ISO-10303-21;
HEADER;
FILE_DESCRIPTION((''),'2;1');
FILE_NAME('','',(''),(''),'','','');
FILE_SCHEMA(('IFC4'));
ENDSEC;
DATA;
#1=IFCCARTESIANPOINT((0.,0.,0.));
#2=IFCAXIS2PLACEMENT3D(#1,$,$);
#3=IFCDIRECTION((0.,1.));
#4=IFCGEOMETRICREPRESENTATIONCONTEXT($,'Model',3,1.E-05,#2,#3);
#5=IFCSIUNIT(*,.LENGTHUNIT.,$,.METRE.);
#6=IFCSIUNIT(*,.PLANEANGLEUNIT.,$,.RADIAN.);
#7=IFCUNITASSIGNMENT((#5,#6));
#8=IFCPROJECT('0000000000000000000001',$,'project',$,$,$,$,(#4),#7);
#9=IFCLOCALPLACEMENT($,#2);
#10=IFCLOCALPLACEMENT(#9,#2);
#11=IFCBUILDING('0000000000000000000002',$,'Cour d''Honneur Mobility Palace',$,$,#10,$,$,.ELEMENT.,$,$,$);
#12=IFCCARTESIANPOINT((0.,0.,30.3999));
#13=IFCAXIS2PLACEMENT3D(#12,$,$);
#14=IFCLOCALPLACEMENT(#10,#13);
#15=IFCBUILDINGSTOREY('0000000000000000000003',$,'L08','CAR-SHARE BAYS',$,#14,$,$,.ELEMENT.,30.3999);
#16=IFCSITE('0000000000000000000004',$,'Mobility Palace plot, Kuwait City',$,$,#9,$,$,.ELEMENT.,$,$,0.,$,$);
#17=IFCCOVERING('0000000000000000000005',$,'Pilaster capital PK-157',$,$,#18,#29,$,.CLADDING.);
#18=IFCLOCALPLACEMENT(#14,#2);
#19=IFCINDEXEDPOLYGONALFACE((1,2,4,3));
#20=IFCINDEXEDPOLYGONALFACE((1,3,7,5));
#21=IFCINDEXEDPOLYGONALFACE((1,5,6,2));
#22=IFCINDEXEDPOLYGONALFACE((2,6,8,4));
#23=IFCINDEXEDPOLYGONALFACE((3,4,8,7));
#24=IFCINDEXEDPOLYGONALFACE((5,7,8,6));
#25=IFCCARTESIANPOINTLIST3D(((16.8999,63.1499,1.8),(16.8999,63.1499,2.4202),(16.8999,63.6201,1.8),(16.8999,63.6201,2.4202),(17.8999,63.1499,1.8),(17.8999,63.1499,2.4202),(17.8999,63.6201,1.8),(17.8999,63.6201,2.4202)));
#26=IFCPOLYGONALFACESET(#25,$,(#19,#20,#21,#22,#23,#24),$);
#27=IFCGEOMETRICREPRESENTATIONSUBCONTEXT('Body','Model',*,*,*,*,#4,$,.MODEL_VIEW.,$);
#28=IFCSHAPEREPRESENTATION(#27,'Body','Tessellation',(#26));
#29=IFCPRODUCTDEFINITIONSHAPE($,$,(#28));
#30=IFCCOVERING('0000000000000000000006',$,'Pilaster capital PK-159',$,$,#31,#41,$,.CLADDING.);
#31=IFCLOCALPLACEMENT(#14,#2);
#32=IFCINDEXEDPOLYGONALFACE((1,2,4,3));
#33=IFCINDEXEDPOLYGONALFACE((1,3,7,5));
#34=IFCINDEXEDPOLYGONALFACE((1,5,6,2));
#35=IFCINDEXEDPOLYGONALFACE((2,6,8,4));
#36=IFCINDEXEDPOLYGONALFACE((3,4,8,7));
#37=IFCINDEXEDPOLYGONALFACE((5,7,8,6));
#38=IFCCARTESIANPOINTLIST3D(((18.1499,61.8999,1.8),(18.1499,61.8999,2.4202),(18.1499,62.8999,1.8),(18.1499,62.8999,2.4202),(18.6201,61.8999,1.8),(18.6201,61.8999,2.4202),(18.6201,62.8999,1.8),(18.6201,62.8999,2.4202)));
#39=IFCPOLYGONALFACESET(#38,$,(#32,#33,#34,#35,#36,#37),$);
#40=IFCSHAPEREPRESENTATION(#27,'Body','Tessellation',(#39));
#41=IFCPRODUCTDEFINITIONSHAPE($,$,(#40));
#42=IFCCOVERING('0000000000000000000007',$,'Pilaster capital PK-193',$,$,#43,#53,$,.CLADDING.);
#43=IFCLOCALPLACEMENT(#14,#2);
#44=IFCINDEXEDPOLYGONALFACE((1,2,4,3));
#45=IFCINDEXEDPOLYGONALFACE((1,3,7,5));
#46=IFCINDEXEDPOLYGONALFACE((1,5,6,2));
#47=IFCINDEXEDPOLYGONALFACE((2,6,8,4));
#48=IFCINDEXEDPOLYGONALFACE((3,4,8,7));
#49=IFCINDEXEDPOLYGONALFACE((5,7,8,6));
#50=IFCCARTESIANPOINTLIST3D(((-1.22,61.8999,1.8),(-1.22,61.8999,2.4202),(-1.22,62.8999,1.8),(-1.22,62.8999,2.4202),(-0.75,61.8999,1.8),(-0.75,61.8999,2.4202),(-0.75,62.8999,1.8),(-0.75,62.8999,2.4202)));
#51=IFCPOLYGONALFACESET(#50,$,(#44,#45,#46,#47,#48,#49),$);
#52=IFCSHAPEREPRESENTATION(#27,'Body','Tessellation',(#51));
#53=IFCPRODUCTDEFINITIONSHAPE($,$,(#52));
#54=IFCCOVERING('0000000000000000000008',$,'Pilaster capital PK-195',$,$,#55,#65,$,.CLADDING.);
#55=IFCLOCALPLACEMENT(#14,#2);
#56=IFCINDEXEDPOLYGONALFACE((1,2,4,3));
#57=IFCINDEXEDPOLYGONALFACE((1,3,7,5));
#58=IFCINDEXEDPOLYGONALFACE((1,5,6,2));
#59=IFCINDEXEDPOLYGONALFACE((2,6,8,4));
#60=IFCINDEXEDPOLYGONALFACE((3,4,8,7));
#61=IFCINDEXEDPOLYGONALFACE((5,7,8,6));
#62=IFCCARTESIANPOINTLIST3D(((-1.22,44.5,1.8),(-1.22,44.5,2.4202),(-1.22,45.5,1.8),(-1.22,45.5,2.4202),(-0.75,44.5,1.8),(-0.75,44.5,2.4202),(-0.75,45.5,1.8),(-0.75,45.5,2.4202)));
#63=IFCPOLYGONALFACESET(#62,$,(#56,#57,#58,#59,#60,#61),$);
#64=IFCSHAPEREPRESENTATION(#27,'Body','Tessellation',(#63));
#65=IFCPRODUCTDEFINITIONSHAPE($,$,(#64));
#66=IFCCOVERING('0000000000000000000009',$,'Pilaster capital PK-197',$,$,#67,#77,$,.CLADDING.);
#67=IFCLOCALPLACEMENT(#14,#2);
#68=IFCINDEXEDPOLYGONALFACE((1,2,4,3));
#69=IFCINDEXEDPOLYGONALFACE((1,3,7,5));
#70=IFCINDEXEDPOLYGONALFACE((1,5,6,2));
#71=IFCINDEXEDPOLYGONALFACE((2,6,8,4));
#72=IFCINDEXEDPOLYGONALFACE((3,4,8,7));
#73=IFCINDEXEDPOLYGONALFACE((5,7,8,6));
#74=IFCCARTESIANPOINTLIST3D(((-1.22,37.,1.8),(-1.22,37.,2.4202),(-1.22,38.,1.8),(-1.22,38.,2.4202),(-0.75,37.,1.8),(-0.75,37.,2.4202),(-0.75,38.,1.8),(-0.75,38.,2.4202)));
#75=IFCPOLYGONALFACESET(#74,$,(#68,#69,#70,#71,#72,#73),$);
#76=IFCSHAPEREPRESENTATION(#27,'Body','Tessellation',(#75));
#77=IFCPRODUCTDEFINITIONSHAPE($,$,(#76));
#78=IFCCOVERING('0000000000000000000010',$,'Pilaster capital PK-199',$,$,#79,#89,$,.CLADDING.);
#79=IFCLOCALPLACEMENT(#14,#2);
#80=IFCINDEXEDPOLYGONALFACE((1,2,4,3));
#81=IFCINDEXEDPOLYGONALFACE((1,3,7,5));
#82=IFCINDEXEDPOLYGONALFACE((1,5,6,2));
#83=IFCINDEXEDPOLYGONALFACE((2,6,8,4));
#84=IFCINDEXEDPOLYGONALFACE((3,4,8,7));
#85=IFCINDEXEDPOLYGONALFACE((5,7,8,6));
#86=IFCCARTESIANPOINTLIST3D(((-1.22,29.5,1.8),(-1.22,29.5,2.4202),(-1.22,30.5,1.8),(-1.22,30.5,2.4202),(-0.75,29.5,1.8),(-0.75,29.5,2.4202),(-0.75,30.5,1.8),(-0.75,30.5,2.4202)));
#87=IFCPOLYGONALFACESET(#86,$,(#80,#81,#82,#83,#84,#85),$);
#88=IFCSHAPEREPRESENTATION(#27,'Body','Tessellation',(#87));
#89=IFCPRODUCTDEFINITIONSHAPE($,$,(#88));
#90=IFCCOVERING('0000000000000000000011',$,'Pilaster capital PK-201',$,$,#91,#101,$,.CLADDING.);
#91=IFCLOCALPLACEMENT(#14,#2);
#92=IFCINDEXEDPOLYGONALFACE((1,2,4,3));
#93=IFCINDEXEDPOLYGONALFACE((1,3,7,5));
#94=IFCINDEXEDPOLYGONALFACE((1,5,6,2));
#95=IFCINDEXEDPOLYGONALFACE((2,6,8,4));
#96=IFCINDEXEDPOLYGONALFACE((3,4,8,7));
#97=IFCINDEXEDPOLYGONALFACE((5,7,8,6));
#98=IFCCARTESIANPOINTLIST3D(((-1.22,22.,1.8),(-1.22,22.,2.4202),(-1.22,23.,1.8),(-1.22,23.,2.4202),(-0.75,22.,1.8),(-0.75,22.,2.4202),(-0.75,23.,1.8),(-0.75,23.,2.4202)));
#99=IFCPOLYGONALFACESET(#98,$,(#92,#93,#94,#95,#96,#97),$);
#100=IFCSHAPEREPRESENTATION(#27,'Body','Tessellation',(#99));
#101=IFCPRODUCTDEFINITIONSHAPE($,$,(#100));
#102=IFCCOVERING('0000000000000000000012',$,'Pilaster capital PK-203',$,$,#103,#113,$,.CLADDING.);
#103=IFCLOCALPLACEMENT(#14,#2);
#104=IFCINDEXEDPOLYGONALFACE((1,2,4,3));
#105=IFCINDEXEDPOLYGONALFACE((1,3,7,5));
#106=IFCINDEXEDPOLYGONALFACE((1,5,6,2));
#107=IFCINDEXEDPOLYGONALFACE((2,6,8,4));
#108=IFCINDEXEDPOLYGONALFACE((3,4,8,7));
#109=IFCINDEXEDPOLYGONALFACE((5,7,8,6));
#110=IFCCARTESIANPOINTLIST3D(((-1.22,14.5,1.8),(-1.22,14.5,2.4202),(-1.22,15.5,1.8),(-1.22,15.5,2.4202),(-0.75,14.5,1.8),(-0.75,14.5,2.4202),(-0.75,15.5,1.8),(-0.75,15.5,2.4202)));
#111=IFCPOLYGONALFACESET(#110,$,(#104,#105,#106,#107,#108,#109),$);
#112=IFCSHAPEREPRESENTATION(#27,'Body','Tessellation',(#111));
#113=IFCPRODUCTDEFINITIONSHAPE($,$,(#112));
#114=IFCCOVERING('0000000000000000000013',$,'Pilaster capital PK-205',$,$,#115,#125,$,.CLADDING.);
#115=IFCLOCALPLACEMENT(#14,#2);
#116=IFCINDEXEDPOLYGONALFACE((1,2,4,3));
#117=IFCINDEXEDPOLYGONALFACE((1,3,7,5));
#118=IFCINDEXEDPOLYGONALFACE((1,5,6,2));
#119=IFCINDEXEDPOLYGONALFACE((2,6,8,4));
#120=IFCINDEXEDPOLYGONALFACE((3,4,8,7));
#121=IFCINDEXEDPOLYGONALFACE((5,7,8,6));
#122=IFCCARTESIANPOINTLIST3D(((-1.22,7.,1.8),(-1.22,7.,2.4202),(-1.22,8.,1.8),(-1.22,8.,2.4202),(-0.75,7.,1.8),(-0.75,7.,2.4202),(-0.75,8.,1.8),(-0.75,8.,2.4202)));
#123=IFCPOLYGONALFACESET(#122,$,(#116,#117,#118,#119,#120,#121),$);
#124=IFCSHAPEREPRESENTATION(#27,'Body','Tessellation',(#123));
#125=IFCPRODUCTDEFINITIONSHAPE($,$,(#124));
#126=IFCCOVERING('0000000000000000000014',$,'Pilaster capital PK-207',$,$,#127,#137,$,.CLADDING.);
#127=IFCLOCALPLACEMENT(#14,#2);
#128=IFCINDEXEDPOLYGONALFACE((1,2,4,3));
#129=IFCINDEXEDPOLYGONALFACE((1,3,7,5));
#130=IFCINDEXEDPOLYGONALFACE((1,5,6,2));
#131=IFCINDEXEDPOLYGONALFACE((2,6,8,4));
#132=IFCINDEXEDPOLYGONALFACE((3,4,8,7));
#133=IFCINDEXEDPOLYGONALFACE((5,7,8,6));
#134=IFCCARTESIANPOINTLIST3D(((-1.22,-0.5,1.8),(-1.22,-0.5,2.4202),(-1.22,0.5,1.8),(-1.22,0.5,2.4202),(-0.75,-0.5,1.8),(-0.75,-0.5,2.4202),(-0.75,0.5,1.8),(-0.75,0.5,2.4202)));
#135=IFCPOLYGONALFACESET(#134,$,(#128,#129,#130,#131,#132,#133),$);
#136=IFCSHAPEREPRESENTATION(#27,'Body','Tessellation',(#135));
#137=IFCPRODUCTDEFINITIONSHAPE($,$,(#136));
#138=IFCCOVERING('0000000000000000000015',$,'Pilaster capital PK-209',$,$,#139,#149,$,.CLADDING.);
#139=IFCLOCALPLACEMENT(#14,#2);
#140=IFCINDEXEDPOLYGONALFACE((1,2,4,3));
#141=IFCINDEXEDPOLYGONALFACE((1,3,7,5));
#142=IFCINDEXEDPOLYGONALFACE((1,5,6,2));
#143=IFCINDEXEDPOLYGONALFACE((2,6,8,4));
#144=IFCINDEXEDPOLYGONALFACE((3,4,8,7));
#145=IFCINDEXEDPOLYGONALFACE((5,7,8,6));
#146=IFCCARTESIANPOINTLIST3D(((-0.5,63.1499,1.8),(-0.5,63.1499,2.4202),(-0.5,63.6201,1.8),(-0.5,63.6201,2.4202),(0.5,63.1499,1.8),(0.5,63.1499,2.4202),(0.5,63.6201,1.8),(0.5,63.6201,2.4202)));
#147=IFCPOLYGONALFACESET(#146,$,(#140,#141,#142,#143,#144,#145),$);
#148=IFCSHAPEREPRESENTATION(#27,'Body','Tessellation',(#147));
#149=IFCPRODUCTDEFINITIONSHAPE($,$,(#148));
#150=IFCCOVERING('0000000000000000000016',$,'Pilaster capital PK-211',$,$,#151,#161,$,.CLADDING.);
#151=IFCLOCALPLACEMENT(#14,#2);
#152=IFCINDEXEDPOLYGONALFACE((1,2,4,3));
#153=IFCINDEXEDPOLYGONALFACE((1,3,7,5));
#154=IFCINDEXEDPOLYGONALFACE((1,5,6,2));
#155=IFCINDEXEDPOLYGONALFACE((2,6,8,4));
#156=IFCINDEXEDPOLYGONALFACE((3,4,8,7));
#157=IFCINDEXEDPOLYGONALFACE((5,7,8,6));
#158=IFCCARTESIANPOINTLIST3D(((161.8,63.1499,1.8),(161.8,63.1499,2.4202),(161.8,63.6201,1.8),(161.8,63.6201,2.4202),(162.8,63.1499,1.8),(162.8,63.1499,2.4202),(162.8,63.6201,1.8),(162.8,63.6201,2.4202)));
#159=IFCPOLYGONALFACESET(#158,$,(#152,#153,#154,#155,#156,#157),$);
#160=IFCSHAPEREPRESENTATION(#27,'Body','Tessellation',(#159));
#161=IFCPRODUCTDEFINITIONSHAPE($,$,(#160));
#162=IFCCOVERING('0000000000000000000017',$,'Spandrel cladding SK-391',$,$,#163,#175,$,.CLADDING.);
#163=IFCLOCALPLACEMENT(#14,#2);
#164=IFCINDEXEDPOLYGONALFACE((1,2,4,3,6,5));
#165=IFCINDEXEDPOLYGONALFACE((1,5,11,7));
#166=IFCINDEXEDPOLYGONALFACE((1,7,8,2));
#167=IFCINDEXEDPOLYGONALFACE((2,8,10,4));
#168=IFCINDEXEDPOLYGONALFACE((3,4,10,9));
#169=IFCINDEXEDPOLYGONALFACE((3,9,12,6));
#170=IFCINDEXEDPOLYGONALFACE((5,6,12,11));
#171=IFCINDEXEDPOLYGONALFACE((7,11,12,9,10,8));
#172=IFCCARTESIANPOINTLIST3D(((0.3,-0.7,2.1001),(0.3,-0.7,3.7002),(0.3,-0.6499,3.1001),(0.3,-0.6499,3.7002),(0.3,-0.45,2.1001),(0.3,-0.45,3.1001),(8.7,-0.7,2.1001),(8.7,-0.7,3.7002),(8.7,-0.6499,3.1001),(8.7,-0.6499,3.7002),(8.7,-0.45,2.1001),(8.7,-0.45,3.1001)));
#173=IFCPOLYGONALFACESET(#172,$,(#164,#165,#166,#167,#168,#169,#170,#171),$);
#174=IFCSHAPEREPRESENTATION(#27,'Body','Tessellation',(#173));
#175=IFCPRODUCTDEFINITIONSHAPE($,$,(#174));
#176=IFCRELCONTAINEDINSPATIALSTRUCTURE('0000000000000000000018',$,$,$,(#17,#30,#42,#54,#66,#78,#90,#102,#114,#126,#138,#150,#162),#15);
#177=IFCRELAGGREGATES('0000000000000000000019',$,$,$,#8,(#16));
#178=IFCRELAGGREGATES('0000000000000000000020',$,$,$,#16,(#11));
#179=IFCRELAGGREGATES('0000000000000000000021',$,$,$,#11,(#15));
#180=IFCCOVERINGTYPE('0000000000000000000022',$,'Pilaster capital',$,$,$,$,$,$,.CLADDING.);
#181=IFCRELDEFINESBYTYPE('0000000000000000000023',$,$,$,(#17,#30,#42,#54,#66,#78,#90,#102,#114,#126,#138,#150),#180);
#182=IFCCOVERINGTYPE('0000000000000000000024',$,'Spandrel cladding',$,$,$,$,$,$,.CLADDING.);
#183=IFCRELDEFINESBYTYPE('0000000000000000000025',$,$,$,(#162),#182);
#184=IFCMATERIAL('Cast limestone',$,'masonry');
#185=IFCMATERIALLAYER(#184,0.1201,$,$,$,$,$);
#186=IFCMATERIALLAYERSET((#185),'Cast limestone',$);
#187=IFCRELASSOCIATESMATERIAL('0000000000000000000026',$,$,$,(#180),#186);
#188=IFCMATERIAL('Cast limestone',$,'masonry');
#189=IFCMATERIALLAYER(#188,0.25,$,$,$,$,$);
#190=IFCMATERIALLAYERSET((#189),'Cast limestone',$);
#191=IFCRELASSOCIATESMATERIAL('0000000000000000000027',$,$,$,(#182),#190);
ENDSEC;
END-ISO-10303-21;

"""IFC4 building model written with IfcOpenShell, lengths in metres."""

from ifc_helpers import new_model, si_unit, direction, frame, origin, place, context, subcontext, project, spatial, polyline, outline, extrude, material, layer, layer_set, type_object, element, save


model = new_model("IFC4")

# Units and contexts
model_context = context("Model", 3, precision=1e-05, world=origin(), true_north=direction((0.0, 1.0)))
body_context = subcontext(model_context, "Body", "Model", "MODEL_VIEW")
ifc_project = project(units=[si_unit("LENGTHUNIT", "METRE"), si_unit("PLANEANGLEUNIT", "RADIAN")], contexts=[model_context])

# Site, building, storey
site_placement = place(None, origin())
site = spatial("IfcSite", under=ifc_project, at=site_placement, Name="Mobility Palace plot, Kuwait City", CompositionType="ELEMENT", RefElevation=0.0)
building_placement = place(site_placement, origin())
building = spatial("IfcBuilding", under=site, at=building_placement, Name="Cour d'Honneur Mobility Palace", CompositionType="ELEMENT")
storey_placement = place(building_placement, frame((0.0, 0.0, 30.3999)))
storey = spatial("IfcBuildingStorey", under=building, at=storey_placement, Name="L08", Description="CAR-SHARE BAYS", CompositionType="ELEMENT", Elevation=30.3999)

# Coverings
ifc_material_1 = material(Name="Cast limestone", Category="masonry")
ifc_layer_1 = layer(ifc_material_1, 0.1201)
ifc_layer_set_1 = layer_set([ifc_layer_1], Name="Cast limestone")
covering_type_1 = type_object("IfcCoveringType", Name="Pilaster capital", PredefinedType="CLADDING", material=ifc_layer_set_1)
covering_1_placement = place(storey_placement, frame((0.0, 0.0, 1.8)))
element("IfcCovering", 1, at=covering_1_placement, inside=storey, type_object=covering_type_1, Name="Pilaster capital PK-157", PredefinedType="CLADDING", context=body_context, shape_type="SweptSolid", body=[
    extrude(outline(polyline([(17.8999, 63.1499), (16.8999, 63.1499), (16.8999, 63.6201), (17.8999, 63.6201), (17.8999, 63.1499)])), origin(), (0.0, 0.0, 1.0), 0.6201),
])
covering_2_placement = place(storey_placement, frame((0.0, 0.0, 1.8)))
element("IfcCovering", 2, at=covering_2_placement, inside=storey, type_object=covering_type_1, Name="Pilaster capital PK-159", PredefinedType="CLADDING", context=body_context, shape_type="SweptSolid", body=[
    extrude(outline(polyline([(18.1499, 61.8999), (18.1499, 62.8999), (18.6201, 62.8999), (18.6201, 61.8999), (18.1499, 61.8999)])), origin(), (0.0, 0.0, 1.0), 0.6201),
])
covering_3_placement = place(storey_placement, frame((0.0, 0.0, 1.8)))
element("IfcCovering", 3, at=covering_3_placement, inside=storey, type_object=covering_type_1, Name="Pilaster capital PK-193", PredefinedType="CLADDING", context=body_context, shape_type="SweptSolid", body=[
    extrude(outline(polyline([(-0.75, 62.8999), (-0.75, 61.8999), (-1.22, 61.8999), (-1.22, 62.8999), (-0.75, 62.8999)])), origin(), (0.0, 0.0, 1.0), 0.6201),
])
covering_4_placement = place(storey_placement, frame((0.0, 0.0, 1.8)))
element("IfcCovering", 4, at=covering_4_placement, inside=storey, type_object=covering_type_1, Name="Pilaster capital PK-195", PredefinedType="CLADDING", context=body_context, shape_type="SweptSolid", body=[
    extrude(outline(polyline([(-0.75, 45.5), (-0.75, 44.5), (-1.22, 44.5), (-1.22, 45.5), (-0.75, 45.5)])), origin(), (0.0, 0.0, 1.0), 0.6201),
])
covering_5_placement = place(storey_placement, frame((0.0, 0.0, 1.8)))
element("IfcCovering", 5, at=covering_5_placement, inside=storey, type_object=covering_type_1, Name="Pilaster capital PK-197", PredefinedType="CLADDING", context=body_context, shape_type="SweptSolid", body=[
    extrude(outline(polyline([(-0.75, 38.0), (-0.75, 37.0), (-1.22, 37.0), (-1.22, 38.0), (-0.75, 38.0)])), origin(), (0.0, 0.0, 1.0), 0.6201),
])
covering_6_placement = place(storey_placement, frame((0.0, 0.0, 1.8)))
element("IfcCovering", 6, at=covering_6_placement, inside=storey, type_object=covering_type_1, Name="Pilaster capital PK-199", PredefinedType="CLADDING", context=body_context, shape_type="SweptSolid", body=[
    extrude(outline(polyline([(-0.75, 30.5), (-0.75, 29.5), (-1.22, 29.5), (-1.22, 30.5), (-0.75, 30.5)])), origin(), (0.0, 0.0, 1.0), 0.6201),
])
covering_7_placement = place(storey_placement, frame((0.0, 0.0, 1.8)))
element("IfcCovering", 7, at=covering_7_placement, inside=storey, type_object=covering_type_1, Name="Pilaster capital PK-201", PredefinedType="CLADDING", context=body_context, shape_type="SweptSolid", body=[
    extrude(outline(polyline([(-0.75, 23.0), (-0.75, 22.0), (-1.22, 22.0), (-1.22, 23.0), (-0.75, 23.0)])), origin(), (0.0, 0.0, 1.0), 0.6201),
])
covering_8_placement = place(storey_placement, frame((0.0, 0.0, 1.8)))
element("IfcCovering", 8, at=covering_8_placement, inside=storey, type_object=covering_type_1, Name="Pilaster capital PK-203", PredefinedType="CLADDING", context=body_context, shape_type="SweptSolid", body=[
    extrude(outline(polyline([(-0.75, 15.5), (-0.75, 14.5), (-1.22, 14.5), (-1.22, 15.5), (-0.75, 15.5)])), origin(), (0.0, 0.0, 1.0), 0.6201),
])
covering_9_placement = place(storey_placement, frame((0.0, 0.0, 1.8)))
element("IfcCovering", 9, at=covering_9_placement, inside=storey, type_object=covering_type_1, Name="Pilaster capital PK-205", PredefinedType="CLADDING", context=body_context, shape_type="SweptSolid", body=[
    extrude(outline(polyline([(-0.75, 8.0), (-0.75, 7.0), (-1.22, 7.0), (-1.22, 8.0), (-0.75, 8.0)])), origin(), (0.0, 0.0, 1.0), 0.6201),
])
covering_10_placement = place(storey_placement, frame((0.0, 0.0, 1.8)))
element("IfcCovering", 10, at=covering_10_placement, inside=storey, type_object=covering_type_1, Name="Pilaster capital PK-207", PredefinedType="CLADDING", context=body_context, shape_type="SweptSolid", body=[
    extrude(outline(polyline([(-0.75, 0.5), (-0.75, -0.5), (-1.22, -0.5), (-1.22, 0.5), (-0.75, 0.5)])), origin(), (0.0, 0.0, 1.0), 0.6201),
])
covering_11_placement = place(storey_placement, frame((0.0, 0.0, 1.8)))
element("IfcCovering", 11, at=covering_11_placement, inside=storey, type_object=covering_type_1, Name="Pilaster capital PK-209", PredefinedType="CLADDING", context=body_context, shape_type="SweptSolid", body=[
    extrude(outline(polyline([(0.5, 63.1499), (-0.5, 63.1499), (-0.5, 63.6201), (0.5, 63.6201), (0.5, 63.1499)])), origin(), (0.0, 0.0, 1.0), 0.6201),
])
covering_12_placement = place(storey_placement, frame((0.0, 0.0, 1.8)))
element("IfcCovering", 12, at=covering_12_placement, inside=storey, type_object=covering_type_1, Name="Pilaster capital PK-211", PredefinedType="CLADDING", context=body_context, shape_type="SweptSolid", body=[
    extrude(outline(polyline([(162.8, 63.1499), (161.8, 63.1499), (161.8, 63.6201), (162.8, 63.6201), (162.8, 63.1499)])), origin(), (0.0, 0.0, 1.0), 0.6201),
])
ifc_material_2 = material(Name="Cast limestone", Category="masonry")
ifc_layer_2 = layer(ifc_material_2, 0.25)
ifc_layer_set_2 = layer_set([ifc_layer_2], Name="Cast limestone")
covering_type_2 = type_object("IfcCoveringType", Name="Spandrel cladding", PredefinedType="CLADDING", material=ifc_layer_set_2)
covering_13_placement = place(storey_placement, frame((0.3, -0.45, 2.1001), z_axis=(-1.0, 0.0, 0.0), x_axis=(0.0, -1.0, 0.0)))
element("IfcCovering", 13, at=covering_13_placement, inside=storey, type_object=covering_type_2, Name="Spandrel cladding SK-391", PredefinedType="CLADDING", context=body_context, shape_type="SweptSolid", body=[
    extrude(outline(polyline([(0.0, 0.0), (0.25, 0.0), (0.25, 1.6001), (0.2, 1.6001), (0.2, 1.0), (0.0, 1.0), (0.0, 0.0)])), origin(), (0.0, 0.0, -1.0), 8.3999),
])

save(model, "model.ifc")
